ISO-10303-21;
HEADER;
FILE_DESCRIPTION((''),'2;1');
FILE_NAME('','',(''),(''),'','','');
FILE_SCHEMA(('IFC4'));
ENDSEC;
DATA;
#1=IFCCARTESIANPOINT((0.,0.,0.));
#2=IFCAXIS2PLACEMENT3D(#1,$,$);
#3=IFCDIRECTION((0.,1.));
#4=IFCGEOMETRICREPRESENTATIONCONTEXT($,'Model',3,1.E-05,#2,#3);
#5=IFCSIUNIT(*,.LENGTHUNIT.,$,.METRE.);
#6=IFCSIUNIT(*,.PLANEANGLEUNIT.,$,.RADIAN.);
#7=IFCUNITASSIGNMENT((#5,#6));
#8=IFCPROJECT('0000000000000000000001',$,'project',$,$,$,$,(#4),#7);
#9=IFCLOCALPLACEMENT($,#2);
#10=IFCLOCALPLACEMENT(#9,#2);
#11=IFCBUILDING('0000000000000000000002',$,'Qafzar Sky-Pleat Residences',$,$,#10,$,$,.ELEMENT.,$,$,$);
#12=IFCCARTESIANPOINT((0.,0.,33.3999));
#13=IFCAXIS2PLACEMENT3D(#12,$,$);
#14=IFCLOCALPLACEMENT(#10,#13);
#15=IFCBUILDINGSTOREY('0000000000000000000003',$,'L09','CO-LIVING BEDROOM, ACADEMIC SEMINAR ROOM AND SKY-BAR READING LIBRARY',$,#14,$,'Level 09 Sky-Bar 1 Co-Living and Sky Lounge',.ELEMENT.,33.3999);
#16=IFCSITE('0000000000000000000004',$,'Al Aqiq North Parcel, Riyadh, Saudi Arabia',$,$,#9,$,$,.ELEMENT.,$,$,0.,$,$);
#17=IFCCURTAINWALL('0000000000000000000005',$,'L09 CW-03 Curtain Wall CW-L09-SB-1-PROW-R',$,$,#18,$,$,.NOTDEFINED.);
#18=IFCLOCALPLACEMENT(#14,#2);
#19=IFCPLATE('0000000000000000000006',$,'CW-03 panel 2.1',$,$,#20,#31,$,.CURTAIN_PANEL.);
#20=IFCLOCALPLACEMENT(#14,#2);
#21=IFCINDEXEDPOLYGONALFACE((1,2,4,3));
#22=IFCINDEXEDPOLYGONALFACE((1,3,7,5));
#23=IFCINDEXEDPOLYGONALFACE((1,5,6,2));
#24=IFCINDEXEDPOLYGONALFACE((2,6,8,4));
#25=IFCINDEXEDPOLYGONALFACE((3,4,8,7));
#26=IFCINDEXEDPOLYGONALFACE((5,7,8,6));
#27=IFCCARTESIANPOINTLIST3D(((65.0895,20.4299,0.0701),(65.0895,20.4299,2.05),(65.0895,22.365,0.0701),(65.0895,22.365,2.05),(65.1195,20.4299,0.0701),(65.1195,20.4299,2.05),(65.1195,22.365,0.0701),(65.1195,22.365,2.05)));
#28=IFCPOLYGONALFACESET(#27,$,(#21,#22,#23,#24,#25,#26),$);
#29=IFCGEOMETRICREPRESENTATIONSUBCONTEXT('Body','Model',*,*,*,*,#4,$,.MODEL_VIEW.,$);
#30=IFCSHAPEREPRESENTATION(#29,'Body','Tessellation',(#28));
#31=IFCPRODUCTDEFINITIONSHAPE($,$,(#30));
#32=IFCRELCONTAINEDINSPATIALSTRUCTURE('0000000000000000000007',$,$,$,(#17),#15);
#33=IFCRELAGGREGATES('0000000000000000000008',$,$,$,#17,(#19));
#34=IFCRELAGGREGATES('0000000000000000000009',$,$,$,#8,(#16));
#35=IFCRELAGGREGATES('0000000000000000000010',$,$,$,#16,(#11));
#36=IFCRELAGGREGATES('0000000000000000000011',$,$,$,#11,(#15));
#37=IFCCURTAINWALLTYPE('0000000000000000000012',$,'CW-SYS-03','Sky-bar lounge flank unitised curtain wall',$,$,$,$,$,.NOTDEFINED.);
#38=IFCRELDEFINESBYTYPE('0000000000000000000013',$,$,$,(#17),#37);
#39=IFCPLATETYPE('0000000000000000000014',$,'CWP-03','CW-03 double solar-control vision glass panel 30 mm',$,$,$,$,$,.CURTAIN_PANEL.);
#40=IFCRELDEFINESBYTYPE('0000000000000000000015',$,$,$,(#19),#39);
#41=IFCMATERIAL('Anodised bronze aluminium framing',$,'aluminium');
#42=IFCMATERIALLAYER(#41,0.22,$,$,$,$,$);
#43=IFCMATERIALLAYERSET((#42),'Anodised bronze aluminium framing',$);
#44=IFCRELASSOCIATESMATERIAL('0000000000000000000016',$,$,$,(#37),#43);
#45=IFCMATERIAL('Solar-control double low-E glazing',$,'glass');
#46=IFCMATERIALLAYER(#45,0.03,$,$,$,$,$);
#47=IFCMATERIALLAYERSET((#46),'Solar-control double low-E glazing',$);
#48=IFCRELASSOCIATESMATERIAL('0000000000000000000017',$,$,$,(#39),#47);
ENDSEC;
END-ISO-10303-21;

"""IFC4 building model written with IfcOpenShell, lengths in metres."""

from ifc_helpers import new_model, si_unit, direction, frame, origin, origin_2d, place, context, subcontext, project, spatial, rectangle, extrude, source, transform, mapped, material, layer, layer_set, type_object, element, aggregate, save


model = new_model("IFC4")

# Units and contexts
model_context = context("Model", 3, precision=1e-05, world=origin(), true_north=direction((0.0, 1.0)))
body_context = subcontext(model_context, "Body", "Model", "MODEL_VIEW")
ifc_project = project(units=[si_unit("LENGTHUNIT", "METRE"), si_unit("PLANEANGLEUNIT", "RADIAN")], contexts=[model_context])

# Site, building, storey
site_placement = place(None, origin())
site = spatial("IfcSite", under=ifc_project, at=site_placement, Name="Al Aqiq North Parcel, Riyadh, Saudi Arabia", CompositionType="ELEMENT", RefElevation=0.0)
building_placement = place(site_placement, origin())
building = spatial("IfcBuilding", under=site, at=building_placement, Name="Qafzar Sky-Pleat Residences", CompositionType="ELEMENT")
storey_placement = place(building_placement, frame((0.0, 0.0, 33.3999)))
storey = spatial("IfcBuildingStorey", under=building, at=storey_placement, Name="L09", Description="CO-LIVING BEDROOM, ACADEMIC SEMINAR ROOM AND SKY-BAR READING LIBRARY", LongName="Level 09 Sky-Bar 1 Co-Living and Sky Lounge", CompositionType="ELEMENT", Elevation=33.3999)

# Curtain wall
ifc_material_1 = material(Name="Anodised bronze aluminium framing", Category="aluminium")
ifc_layer_1 = layer(ifc_material_1, 0.22)
ifc_layer_set_1 = layer_set([ifc_layer_1], Name="Anodised bronze aluminium framing")
curtain_wall_type_1 = type_object("IfcCurtainWallType", Name="CW-SYS-03", Description="Sky-bar lounge flank unitised curtain wall", PredefinedType="NOTDEFINED", material=ifc_layer_set_1)
curtain_wall_1_placement = place(storey_placement, origin())
curtain_wall_1 = element("IfcCurtainWall", 1, at=curtain_wall_1_placement, inside=storey, type_object=curtain_wall_type_1, Name="L09 CW-03 Curtain Wall CW-L09-SB-1-PROW-R", PredefinedType="NOTDEFINED")

# Plate
ifc_material_2 = material(Name="Solar-control double low-E glazing", Category="glass")
ifc_layer_2 = layer(ifc_material_2, 0.03)
ifc_layer_set_2 = layer_set([ifc_layer_2], Name="Solar-control double low-E glazing")
plate_type = type_object("IfcPlateType", Name="CWP-03", Description="CW-03 double solar-control vision glass panel 30 mm", PredefinedType="CURTAIN_PANEL", material=ifc_layer_set_2)
shared_shape_1 = source(origin(), body_context, "Body", "SweptSolid", [
    extrude(rectangle(XDim=1.9351, YDim=0.03, at=origin_2d()), origin(), (0.0, 0.0, 1.0), 1.98),
])
plate_1_placement = place(storey_placement, frame((65.1045, 21.3975, 0.0701), z_axis=(0.0, 0.0, 1.0), x_axis=(0.0, -1.0, 0.0)))
plate_1 = element("IfcPlate", 2, at=plate_1_placement, type_object=plate_type, Name="CW-03 panel 2.1", PredefinedType="CURTAIN_PANEL", context=body_context, shape_type="MappedRepresentation", body=[
    mapped(shared_shape_1, transform((0.0, 0.0, 0.0), x_axis=(1.0, 0.0, 0.0), y_axis=(0.0, 1.0, 0.0), z_axis=(0.0, 0.0, 1.0), scale=1.0)),
])
aggregate(curtain_wall_1, [plate_1])

save(model, "model.ifc")
